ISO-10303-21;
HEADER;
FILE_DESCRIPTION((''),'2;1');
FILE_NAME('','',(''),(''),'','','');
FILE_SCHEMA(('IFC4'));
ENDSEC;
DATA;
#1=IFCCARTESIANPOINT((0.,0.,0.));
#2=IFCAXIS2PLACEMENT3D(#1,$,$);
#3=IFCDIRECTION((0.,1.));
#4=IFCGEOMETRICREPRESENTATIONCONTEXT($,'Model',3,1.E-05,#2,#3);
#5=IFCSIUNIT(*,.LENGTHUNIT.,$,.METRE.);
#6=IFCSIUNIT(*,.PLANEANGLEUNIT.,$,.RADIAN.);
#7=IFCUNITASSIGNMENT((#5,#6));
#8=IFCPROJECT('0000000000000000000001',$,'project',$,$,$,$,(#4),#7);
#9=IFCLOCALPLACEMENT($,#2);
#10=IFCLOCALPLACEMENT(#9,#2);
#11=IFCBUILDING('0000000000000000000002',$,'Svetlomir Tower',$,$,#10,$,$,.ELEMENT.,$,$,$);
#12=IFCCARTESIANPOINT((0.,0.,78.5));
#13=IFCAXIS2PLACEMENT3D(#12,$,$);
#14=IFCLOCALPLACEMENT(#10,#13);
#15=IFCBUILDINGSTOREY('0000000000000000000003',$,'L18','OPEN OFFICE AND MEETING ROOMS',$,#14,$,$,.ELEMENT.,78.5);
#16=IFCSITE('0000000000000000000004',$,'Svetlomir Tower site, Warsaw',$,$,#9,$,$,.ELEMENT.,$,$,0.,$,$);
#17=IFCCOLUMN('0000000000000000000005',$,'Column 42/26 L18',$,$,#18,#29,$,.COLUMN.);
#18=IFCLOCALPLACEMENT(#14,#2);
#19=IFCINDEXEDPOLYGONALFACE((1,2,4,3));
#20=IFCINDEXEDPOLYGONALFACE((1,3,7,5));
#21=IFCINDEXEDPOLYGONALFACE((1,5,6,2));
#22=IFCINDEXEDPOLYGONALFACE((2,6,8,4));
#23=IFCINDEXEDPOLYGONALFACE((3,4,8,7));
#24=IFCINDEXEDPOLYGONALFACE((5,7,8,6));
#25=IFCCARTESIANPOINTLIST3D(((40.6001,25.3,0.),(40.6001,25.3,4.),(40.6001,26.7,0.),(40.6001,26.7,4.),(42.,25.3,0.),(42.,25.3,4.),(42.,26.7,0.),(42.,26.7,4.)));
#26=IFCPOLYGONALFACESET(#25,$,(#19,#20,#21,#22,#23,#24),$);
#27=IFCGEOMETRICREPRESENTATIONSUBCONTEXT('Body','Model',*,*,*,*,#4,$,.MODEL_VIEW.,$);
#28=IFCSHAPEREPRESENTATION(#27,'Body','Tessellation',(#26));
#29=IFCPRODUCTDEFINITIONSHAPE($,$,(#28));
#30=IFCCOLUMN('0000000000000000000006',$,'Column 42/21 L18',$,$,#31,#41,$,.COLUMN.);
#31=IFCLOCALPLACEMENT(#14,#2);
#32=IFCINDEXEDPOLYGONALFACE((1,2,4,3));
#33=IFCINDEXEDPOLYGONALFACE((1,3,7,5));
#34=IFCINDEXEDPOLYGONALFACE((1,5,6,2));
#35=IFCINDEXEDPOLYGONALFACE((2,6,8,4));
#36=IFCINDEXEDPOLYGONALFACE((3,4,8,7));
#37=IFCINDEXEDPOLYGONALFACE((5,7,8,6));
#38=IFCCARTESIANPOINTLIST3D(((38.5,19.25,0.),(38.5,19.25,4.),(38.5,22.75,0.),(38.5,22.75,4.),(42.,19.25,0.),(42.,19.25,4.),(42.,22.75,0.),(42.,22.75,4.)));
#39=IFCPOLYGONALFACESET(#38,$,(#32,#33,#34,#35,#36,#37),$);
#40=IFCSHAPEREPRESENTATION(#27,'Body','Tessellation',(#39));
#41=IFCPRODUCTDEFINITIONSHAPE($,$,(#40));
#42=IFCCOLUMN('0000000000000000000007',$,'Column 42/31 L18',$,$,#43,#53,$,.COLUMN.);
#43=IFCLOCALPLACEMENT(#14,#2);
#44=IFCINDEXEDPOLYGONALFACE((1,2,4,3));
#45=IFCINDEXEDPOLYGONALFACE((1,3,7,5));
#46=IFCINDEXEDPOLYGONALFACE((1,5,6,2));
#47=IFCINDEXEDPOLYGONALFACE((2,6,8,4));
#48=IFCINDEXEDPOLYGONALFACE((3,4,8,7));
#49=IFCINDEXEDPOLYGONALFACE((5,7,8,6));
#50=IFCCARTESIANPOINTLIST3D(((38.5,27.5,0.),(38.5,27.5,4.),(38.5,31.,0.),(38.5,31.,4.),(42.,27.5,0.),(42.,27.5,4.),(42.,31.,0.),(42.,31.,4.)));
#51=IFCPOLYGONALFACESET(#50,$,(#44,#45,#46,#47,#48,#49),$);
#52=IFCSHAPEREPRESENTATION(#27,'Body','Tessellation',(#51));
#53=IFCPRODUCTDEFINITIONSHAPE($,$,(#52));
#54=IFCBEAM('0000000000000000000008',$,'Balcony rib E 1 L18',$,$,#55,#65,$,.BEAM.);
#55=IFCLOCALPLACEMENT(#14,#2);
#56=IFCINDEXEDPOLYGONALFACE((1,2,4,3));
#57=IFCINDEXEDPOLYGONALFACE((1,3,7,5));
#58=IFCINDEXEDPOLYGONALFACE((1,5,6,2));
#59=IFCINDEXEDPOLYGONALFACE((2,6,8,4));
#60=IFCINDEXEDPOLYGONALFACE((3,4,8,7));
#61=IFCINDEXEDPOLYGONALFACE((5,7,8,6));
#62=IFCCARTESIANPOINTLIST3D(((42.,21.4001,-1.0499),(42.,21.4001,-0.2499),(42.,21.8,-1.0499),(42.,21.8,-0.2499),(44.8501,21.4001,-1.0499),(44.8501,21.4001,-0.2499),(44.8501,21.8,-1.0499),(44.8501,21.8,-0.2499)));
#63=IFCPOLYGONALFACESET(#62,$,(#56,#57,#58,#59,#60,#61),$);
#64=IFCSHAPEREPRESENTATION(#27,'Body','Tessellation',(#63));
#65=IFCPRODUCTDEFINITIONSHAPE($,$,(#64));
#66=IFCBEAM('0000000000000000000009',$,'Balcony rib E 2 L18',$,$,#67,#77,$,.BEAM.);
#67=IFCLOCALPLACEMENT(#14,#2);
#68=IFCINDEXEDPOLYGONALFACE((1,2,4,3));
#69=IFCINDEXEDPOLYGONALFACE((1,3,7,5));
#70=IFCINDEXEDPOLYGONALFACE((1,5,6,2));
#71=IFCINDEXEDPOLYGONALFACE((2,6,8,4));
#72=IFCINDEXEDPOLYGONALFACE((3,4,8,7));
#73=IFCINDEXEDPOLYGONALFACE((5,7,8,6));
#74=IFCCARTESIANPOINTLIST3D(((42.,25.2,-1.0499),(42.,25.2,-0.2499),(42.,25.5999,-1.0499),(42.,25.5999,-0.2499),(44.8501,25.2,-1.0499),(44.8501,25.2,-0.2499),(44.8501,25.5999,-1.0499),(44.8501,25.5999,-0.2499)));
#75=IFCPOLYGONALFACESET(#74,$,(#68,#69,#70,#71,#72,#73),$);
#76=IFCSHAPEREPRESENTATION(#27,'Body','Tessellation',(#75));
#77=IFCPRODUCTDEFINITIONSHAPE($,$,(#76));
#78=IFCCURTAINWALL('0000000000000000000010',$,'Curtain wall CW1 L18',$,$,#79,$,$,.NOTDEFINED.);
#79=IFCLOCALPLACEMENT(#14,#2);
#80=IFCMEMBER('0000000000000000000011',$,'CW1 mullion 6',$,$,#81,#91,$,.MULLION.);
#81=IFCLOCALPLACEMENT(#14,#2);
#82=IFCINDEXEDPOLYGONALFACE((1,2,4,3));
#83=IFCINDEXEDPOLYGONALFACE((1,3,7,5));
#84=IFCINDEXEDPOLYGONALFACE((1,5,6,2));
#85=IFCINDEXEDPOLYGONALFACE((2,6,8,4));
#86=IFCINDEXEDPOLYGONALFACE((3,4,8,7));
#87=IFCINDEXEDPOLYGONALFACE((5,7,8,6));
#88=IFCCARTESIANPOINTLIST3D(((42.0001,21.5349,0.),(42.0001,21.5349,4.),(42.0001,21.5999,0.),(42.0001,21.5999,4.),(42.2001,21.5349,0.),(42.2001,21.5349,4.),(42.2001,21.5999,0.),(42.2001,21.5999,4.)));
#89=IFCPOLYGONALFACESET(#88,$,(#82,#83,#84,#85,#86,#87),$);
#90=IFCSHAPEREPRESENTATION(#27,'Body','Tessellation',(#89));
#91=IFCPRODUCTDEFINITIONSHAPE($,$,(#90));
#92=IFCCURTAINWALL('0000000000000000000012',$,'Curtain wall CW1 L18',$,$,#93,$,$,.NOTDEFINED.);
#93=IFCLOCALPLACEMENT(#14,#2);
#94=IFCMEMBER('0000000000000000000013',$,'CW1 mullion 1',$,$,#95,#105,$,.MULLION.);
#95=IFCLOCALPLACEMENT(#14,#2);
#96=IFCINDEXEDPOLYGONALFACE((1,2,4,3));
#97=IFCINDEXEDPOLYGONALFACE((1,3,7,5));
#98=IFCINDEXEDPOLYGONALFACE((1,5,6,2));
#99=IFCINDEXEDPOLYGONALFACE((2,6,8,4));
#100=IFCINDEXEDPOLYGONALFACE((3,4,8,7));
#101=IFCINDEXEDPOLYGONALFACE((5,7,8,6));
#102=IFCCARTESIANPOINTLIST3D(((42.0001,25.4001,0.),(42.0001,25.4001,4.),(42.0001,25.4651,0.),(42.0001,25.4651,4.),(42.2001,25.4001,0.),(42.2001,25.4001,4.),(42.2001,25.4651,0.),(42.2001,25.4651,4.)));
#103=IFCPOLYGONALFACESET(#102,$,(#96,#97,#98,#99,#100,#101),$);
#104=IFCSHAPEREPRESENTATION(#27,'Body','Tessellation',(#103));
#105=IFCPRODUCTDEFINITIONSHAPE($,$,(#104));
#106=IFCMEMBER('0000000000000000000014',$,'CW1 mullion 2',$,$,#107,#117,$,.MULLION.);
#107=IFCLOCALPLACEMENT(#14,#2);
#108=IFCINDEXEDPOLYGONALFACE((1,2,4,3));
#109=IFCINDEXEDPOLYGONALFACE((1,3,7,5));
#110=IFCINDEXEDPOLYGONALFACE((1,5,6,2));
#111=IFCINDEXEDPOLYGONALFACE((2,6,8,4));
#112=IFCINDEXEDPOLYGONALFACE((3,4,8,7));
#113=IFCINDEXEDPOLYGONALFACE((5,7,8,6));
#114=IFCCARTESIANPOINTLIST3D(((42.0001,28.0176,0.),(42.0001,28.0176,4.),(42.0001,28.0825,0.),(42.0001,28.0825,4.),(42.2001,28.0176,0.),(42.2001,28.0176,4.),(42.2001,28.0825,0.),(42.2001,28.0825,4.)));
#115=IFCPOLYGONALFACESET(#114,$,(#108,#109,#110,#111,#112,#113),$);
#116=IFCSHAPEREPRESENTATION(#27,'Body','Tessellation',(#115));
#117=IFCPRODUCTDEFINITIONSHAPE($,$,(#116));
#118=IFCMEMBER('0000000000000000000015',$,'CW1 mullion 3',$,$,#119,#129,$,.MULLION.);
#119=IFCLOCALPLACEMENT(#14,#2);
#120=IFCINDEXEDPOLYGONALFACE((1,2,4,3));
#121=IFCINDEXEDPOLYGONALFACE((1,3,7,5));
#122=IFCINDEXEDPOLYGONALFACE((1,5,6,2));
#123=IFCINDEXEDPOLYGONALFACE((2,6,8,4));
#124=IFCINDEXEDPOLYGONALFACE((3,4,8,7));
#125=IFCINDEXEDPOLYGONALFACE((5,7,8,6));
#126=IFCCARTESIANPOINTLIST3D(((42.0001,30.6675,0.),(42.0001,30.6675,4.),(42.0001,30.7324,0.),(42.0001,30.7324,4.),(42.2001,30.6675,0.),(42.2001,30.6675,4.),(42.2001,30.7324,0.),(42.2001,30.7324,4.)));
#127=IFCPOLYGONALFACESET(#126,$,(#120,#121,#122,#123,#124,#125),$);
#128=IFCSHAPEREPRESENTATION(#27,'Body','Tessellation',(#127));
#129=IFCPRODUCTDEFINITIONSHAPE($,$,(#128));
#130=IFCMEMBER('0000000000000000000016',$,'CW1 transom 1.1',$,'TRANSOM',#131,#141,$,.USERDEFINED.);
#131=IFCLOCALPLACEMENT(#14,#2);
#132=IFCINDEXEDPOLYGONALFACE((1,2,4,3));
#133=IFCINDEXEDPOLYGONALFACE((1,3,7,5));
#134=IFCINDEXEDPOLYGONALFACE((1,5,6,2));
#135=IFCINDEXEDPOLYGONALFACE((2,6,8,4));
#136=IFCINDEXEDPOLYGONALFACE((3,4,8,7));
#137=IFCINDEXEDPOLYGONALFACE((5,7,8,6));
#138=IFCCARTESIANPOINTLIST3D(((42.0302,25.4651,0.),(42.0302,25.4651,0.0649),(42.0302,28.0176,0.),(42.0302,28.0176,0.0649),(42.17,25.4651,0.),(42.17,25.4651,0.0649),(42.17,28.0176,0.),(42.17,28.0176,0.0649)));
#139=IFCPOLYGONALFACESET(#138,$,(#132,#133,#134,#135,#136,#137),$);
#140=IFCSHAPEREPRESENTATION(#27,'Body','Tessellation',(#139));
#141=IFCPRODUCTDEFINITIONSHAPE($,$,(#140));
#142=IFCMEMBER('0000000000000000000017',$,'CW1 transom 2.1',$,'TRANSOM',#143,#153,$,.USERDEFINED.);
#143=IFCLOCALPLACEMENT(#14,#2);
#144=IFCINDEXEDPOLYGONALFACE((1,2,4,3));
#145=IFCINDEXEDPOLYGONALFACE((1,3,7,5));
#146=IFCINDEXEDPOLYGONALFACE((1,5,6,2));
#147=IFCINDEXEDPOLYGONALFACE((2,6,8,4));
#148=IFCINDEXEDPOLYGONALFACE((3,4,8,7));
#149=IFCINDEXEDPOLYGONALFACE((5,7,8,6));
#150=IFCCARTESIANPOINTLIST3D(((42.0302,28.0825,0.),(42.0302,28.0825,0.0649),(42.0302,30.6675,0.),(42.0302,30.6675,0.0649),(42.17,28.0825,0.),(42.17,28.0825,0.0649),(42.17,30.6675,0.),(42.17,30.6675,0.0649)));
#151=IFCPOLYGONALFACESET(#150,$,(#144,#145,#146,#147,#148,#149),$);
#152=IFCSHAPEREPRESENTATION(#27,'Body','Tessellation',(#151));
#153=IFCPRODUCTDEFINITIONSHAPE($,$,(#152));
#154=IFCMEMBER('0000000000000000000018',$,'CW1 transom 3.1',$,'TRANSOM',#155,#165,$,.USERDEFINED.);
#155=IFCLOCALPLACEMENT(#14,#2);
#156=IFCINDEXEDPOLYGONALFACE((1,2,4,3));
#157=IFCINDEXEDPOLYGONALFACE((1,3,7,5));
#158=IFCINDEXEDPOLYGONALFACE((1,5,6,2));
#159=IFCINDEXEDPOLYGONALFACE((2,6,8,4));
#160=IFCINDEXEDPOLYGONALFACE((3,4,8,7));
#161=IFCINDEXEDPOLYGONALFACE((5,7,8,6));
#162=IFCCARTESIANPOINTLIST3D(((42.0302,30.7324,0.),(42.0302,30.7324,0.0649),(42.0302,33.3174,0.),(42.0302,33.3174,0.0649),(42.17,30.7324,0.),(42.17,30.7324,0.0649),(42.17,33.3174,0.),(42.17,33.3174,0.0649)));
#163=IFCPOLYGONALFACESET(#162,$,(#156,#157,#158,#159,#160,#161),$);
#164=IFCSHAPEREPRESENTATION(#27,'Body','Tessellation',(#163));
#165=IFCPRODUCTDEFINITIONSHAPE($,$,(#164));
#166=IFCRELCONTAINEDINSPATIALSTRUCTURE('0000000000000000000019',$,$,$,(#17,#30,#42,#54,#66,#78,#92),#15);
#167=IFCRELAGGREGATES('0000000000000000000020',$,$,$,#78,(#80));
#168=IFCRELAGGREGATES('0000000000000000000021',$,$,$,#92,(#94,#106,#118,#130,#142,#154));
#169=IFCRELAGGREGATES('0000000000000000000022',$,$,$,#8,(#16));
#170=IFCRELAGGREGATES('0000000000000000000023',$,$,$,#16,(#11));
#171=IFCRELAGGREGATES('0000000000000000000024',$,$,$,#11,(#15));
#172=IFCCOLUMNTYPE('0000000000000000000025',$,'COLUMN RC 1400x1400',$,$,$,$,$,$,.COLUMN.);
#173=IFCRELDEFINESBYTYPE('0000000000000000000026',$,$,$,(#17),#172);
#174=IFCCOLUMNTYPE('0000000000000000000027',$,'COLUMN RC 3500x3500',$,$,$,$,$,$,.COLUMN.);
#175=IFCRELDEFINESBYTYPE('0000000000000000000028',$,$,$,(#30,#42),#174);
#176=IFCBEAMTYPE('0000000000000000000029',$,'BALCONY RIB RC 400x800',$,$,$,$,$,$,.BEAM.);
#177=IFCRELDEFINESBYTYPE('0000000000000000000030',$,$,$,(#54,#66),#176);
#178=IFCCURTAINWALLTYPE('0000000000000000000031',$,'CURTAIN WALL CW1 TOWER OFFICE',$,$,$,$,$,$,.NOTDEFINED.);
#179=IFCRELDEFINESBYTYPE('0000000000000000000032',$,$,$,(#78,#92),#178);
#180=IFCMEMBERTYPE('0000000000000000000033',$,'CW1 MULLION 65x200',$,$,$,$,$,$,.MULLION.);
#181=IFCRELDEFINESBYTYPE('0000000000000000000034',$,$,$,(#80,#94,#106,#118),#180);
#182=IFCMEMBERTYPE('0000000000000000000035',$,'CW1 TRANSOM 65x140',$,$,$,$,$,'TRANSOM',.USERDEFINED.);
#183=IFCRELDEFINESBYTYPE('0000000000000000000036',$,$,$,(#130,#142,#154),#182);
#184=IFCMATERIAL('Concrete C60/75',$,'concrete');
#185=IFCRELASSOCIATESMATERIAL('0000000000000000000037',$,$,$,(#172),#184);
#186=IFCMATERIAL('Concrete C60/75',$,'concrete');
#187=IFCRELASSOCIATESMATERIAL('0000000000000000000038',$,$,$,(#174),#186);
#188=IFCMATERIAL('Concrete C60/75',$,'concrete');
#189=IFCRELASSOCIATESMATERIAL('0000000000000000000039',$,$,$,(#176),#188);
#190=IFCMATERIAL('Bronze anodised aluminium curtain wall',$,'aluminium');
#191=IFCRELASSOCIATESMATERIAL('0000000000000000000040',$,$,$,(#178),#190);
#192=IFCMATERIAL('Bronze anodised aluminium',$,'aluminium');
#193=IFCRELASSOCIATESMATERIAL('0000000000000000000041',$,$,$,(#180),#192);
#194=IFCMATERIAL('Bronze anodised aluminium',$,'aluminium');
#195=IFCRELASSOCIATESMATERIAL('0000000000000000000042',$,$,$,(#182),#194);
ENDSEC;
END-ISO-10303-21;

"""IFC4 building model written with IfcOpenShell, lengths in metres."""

from ifc_helpers import new_model, si_unit, direction, frame, origin, origin_2d, place, context, subcontext, project, spatial, rectangle, extrude, material, material_profile, profile_set, type_object, element, aggregate, save


model = new_model("IFC4")

# Units and contexts
model_context = context("Model", 3, precision=1e-05, world=origin(), true_north=direction((0.0, 1.0)))
body_context = subcontext(model_context, "Body", "Model", "MODEL_VIEW")
ifc_project = project(units=[si_unit("LENGTHUNIT", "METRE"), si_unit("PLANEANGLEUNIT", "RADIAN")], contexts=[model_context])

# Site, building, storey
site_placement = place(None, origin())
site = spatial("IfcSite", under=ifc_project, at=site_placement, Name="Svetlomir Tower site, Warsaw", CompositionType="ELEMENT", RefElevation=0.0)
building_placement = place(site_placement, origin())
building = spatial("IfcBuilding", under=site, at=building_placement, Name="Svetlomir Tower", CompositionType="ELEMENT")
storey_placement = place(building_placement, frame((0.0, 0.0, 78.5)))
storey = spatial("IfcBuildingStorey", under=building, at=storey_placement, Name="L18", Description="OPEN OFFICE AND MEETING ROOMS", CompositionType="ELEMENT", Elevation=78.5)

# Columns
ifc_material_1 = material(Name="Concrete C60/75", Category="concrete")
ifc_material_profile_1 = material_profile(ifc_material_1, rectangle(XDim=1.3999, YDim=1.3999, at=origin_2d()), Name="RC 1400x1400")
ifc_profile_set_1 = profile_set([ifc_material_profile_1], Name="Concrete C60/75")
column_type_1 = type_object("IfcColumnType", Name="COLUMN RC 1400x1400", PredefinedType="COLUMN", material=ifc_profile_set_1)
column_placement = place(storey_placement, frame((41.3, 26.0, 0.0), z_axis=(0.0, 0.0, 1.0), x_axis=(1.0, 0.0, 0.0)))
element("IfcColumn", 1, at=column_placement, inside=storey, type_object=column_type_1, Name="Column 42/26 L18", PredefinedType="COLUMN", context=body_context, shape_type="SweptSolid", body=[
    extrude(rectangle(XDim=1.3999, YDim=1.3999, at=origin_2d()), origin(), (0.0, 0.0, 1.0), 4.0),
])
ifc_material_2 = material(Name="Concrete C60/75", Category="concrete")
ifc_material_profile_2 = material_profile(ifc_material_2, rectangle(XDim=3.5, YDim=3.5, at=origin_2d()), Name="RC 3500x3500")
ifc_profile_set_2 = profile_set([ifc_material_profile_2], Name="Concrete C60/75")
column_type_2 = type_object("IfcColumnType", Name="COLUMN RC 3500x3500", PredefinedType="COLUMN", material=ifc_profile_set_2)
for number, where, z_axis, x_axis, name in (
    (2, (40.25, 21.0, 0.0), (0.0, 0.0, 1.0), (1.0, 0.0, 0.0), "Column 42/21 L18"),
    (3, (40.25, 29.25, 0.0), (0.0, 0.0, 1.0), (1.0, 0.0, 0.0), "Column 42/31 L18"),
):
    element("IfcColumn", number, at=place(storey_placement, frame(where, z_axis=z_axis, x_axis=x_axis)), inside=storey, type_object=column_type_2, Name=name, PredefinedType="COLUMN", context=body_context, shape_type="SweptSolid", body=[
        extrude(rectangle(XDim=3.5, YDim=3.5, at=origin_2d()), origin(), (0.0, 0.0, 1.0), 4.0),
    ])

# Beams
ifc_material_3 = material(Name="Concrete C60/75", Category="concrete")
ifc_material_profile_3 = material_profile(ifc_material_3, rectangle(XDim=0.3999, YDim=0.8, at=origin_2d()), Name="RC 400x800")
ifc_profile_set_3 = profile_set([ifc_material_profile_3], Name="Concrete C60/75")
beam_type_1 = type_object("IfcBeamType", Name="BALCONY RIB RC 400x800", PredefinedType="BEAM", material=ifc_profile_set_3)
for number, where, z_axis, x_axis, name in (
    (4, (42.0, 21.6001, -0.6499), (1.0, 0.0, 0.0), (0.0, 1.0, 0.0), "Balcony rib E 1 L18"),
    (5, (42.0, 25.3999, -0.6499), (1.0, 0.0, 0.0), (0.0, 1.0, 0.0), "Balcony rib E 2 L18"),
):
    element("IfcBeam", number, at=place(storey_placement, frame(where, z_axis=z_axis, x_axis=x_axis)), inside=storey, type_object=beam_type_1, Name=name, PredefinedType="BEAM", context=body_context, shape_type="SweptSolid", body=[
        extrude(rectangle(XDim=0.3999, YDim=0.8, at=origin_2d()), origin(), (0.0, 0.0, 1.0), 2.8501),
    ])

# Curtain wall, member
ifc_material_4 = material(Name="Bronze anodised aluminium curtain wall", Category="aluminium")
curtain_wall_type = type_object("IfcCurtainWallType", Name="CURTAIN WALL CW1 TOWER OFFICE", PredefinedType="NOTDEFINED", material=ifc_material_4)
curtain_wall_1_placement = place(storey_placement, origin())
curtain_wall_1 = element("IfcCurtainWall", 6, at=curtain_wall_1_placement, inside=storey, type_object=curtain_wall_type, Name="Curtain wall CW1 L18", PredefinedType="NOTDEFINED")
ifc_material_5 = material(Name="Bronze anodised aluminium", Category="aluminium")
ifc_material_profile_4 = material_profile(ifc_material_5, rectangle(XDim=0.0649, YDim=0.2, at=origin_2d()), Name="AL 65x200")
ifc_profile_set_4 = profile_set([ifc_material_profile_4], Name="Bronze anodised aluminium 6063-T6")
member_type_1 = type_object("IfcMemberType", Name="CW1 MULLION 65x200", PredefinedType="MULLION", material=ifc_profile_set_4)
member_1_placement = place(storey_placement, frame((42.1001, 21.5674, 0.0), z_axis=(0.0, 0.0, 1.0), x_axis=(0.0, 1.0, 0.0)))
member_1 = element("IfcMember", 7, at=member_1_placement, type_object=member_type_1, Name="CW1 mullion 6", PredefinedType="MULLION", context=body_context, shape_type="SweptSolid", body=[
    extrude(rectangle(XDim=0.0649, YDim=0.2, at=origin_2d()), origin(), (0.0, 0.0, 1.0), 4.0),
])
aggregate(curtain_wall_1, [member_1])

# Curtain wall, members
curtain_wall_2_placement = place(storey_placement, origin())
curtain_wall_2 = element("IfcCurtainWall", 8, at=curtain_wall_2_placement, inside=storey, type_object=curtain_wall_type, Name="Curtain wall CW1 L18", PredefinedType="NOTDEFINED")
member_2_placement = place(storey_placement, frame((42.1001, 25.4326, 0.0), z_axis=(0.0, 0.0, 1.0), x_axis=(0.0, 1.0, 0.0)))
member_2 = element("IfcMember", 9, at=member_2_placement, type_object=member_type_1, Name="CW1 mullion 1", PredefinedType="MULLION", context=body_context, shape_type="SweptSolid", body=[
    extrude(rectangle(XDim=0.0649, YDim=0.2, at=origin_2d()), origin(), (0.0, 0.0, 1.0), 4.0),
])
member_3_placement = place(storey_placement, frame((42.1001, 28.05, 0.0), z_axis=(0.0, 0.0, 1.0), x_axis=(0.0, 1.0, 0.0)))
member_3 = element("IfcMember", 10, at=member_3_placement, type_object=member_type_1, Name="CW1 mullion 2", PredefinedType="MULLION", context=body_context, shape_type="SweptSolid", body=[
    extrude(rectangle(XDim=0.0649, YDim=0.2, at=origin_2d()), origin(), (0.0, 0.0, 1.0), 4.0),
])
member_4_placement = place(storey_placement, frame((42.1001, 30.7, 0.0), z_axis=(0.0, 0.0, 1.0), x_axis=(0.0, 1.0, 0.0)))
member_4 = element("IfcMember", 11, at=member_4_placement, type_object=member_type_1, Name="CW1 mullion 3", PredefinedType="MULLION", context=body_context, shape_type="SweptSolid", body=[
    extrude(rectangle(XDim=0.0649, YDim=0.2, at=origin_2d()), origin(), (0.0, 0.0, 1.0), 4.0),
])
ifc_material_6 = material(Name="Bronze anodised aluminium", Category="aluminium")
ifc_material_profile_5 = material_profile(ifc_material_6, rectangle(XDim=0.1399, YDim=0.0649, at=origin_2d()), Name="AL 140x65")
ifc_profile_set_5 = profile_set([ifc_material_profile_5], Name="Bronze anodised aluminium 6063-T6")
member_type_2 = type_object("IfcMemberType", Name="CW1 TRANSOM 65x140", ElementType="TRANSOM", PredefinedType="USERDEFINED", material=ifc_profile_set_5)
member_5_placement = place(storey_placement, frame((42.1001, 25.4651, 0.0325), z_axis=(0.0, 1.0, 0.0), x_axis=(-1.0, 0.0, 0.0)))
member_5 = element("IfcMember", 12, at=member_5_placement, type_object=member_type_2, Name="CW1 transom 1.1", ObjectType="TRANSOM", PredefinedType="USERDEFINED", context=body_context, shape_type="SweptSolid", body=[
    extrude(rectangle(XDim=0.1399, YDim=0.0649, at=origin_2d()), origin(), (0.0, 0.0, 1.0), 2.5525),
])
member_6_placement = place(storey_placement, frame((42.1001, 28.0825, 0.0325), z_axis=(0.0, 1.0, 0.0), x_axis=(-1.0, 0.0, 0.0)))
member_6 = element("IfcMember", 13, at=member_6_placement, type_object=member_type_2, Name="CW1 transom 2.1", ObjectType="TRANSOM", PredefinedType="USERDEFINED", context=body_context, shape_type="SweptSolid", body=[
    extrude(rectangle(XDim=0.1399, YDim=0.0649, at=origin_2d()), origin(), (0.0, 0.0, 1.0), 2.585),
])
member_7_placement = place(storey_placement, frame((42.1001, 30.7324, 0.0325), z_axis=(0.0, 1.0, 0.0), x_axis=(-1.0, 0.0, 0.0)))
member_7 = element("IfcMember", 14, at=member_7_placement, type_object=member_type_2, Name="CW1 transom 3.1", ObjectType="TRANSOM", PredefinedType="USERDEFINED", context=body_context, shape_type="SweptSolid", body=[
    extrude(rectangle(XDim=0.1399, YDim=0.0649, at=origin_2d()), origin(), (0.0, 0.0, 1.0), 2.585),
])

aggregate(curtain_wall_2, [member_2, member_3, member_4, member_5, member_6, member_7])

save(model, "model.ifc")
